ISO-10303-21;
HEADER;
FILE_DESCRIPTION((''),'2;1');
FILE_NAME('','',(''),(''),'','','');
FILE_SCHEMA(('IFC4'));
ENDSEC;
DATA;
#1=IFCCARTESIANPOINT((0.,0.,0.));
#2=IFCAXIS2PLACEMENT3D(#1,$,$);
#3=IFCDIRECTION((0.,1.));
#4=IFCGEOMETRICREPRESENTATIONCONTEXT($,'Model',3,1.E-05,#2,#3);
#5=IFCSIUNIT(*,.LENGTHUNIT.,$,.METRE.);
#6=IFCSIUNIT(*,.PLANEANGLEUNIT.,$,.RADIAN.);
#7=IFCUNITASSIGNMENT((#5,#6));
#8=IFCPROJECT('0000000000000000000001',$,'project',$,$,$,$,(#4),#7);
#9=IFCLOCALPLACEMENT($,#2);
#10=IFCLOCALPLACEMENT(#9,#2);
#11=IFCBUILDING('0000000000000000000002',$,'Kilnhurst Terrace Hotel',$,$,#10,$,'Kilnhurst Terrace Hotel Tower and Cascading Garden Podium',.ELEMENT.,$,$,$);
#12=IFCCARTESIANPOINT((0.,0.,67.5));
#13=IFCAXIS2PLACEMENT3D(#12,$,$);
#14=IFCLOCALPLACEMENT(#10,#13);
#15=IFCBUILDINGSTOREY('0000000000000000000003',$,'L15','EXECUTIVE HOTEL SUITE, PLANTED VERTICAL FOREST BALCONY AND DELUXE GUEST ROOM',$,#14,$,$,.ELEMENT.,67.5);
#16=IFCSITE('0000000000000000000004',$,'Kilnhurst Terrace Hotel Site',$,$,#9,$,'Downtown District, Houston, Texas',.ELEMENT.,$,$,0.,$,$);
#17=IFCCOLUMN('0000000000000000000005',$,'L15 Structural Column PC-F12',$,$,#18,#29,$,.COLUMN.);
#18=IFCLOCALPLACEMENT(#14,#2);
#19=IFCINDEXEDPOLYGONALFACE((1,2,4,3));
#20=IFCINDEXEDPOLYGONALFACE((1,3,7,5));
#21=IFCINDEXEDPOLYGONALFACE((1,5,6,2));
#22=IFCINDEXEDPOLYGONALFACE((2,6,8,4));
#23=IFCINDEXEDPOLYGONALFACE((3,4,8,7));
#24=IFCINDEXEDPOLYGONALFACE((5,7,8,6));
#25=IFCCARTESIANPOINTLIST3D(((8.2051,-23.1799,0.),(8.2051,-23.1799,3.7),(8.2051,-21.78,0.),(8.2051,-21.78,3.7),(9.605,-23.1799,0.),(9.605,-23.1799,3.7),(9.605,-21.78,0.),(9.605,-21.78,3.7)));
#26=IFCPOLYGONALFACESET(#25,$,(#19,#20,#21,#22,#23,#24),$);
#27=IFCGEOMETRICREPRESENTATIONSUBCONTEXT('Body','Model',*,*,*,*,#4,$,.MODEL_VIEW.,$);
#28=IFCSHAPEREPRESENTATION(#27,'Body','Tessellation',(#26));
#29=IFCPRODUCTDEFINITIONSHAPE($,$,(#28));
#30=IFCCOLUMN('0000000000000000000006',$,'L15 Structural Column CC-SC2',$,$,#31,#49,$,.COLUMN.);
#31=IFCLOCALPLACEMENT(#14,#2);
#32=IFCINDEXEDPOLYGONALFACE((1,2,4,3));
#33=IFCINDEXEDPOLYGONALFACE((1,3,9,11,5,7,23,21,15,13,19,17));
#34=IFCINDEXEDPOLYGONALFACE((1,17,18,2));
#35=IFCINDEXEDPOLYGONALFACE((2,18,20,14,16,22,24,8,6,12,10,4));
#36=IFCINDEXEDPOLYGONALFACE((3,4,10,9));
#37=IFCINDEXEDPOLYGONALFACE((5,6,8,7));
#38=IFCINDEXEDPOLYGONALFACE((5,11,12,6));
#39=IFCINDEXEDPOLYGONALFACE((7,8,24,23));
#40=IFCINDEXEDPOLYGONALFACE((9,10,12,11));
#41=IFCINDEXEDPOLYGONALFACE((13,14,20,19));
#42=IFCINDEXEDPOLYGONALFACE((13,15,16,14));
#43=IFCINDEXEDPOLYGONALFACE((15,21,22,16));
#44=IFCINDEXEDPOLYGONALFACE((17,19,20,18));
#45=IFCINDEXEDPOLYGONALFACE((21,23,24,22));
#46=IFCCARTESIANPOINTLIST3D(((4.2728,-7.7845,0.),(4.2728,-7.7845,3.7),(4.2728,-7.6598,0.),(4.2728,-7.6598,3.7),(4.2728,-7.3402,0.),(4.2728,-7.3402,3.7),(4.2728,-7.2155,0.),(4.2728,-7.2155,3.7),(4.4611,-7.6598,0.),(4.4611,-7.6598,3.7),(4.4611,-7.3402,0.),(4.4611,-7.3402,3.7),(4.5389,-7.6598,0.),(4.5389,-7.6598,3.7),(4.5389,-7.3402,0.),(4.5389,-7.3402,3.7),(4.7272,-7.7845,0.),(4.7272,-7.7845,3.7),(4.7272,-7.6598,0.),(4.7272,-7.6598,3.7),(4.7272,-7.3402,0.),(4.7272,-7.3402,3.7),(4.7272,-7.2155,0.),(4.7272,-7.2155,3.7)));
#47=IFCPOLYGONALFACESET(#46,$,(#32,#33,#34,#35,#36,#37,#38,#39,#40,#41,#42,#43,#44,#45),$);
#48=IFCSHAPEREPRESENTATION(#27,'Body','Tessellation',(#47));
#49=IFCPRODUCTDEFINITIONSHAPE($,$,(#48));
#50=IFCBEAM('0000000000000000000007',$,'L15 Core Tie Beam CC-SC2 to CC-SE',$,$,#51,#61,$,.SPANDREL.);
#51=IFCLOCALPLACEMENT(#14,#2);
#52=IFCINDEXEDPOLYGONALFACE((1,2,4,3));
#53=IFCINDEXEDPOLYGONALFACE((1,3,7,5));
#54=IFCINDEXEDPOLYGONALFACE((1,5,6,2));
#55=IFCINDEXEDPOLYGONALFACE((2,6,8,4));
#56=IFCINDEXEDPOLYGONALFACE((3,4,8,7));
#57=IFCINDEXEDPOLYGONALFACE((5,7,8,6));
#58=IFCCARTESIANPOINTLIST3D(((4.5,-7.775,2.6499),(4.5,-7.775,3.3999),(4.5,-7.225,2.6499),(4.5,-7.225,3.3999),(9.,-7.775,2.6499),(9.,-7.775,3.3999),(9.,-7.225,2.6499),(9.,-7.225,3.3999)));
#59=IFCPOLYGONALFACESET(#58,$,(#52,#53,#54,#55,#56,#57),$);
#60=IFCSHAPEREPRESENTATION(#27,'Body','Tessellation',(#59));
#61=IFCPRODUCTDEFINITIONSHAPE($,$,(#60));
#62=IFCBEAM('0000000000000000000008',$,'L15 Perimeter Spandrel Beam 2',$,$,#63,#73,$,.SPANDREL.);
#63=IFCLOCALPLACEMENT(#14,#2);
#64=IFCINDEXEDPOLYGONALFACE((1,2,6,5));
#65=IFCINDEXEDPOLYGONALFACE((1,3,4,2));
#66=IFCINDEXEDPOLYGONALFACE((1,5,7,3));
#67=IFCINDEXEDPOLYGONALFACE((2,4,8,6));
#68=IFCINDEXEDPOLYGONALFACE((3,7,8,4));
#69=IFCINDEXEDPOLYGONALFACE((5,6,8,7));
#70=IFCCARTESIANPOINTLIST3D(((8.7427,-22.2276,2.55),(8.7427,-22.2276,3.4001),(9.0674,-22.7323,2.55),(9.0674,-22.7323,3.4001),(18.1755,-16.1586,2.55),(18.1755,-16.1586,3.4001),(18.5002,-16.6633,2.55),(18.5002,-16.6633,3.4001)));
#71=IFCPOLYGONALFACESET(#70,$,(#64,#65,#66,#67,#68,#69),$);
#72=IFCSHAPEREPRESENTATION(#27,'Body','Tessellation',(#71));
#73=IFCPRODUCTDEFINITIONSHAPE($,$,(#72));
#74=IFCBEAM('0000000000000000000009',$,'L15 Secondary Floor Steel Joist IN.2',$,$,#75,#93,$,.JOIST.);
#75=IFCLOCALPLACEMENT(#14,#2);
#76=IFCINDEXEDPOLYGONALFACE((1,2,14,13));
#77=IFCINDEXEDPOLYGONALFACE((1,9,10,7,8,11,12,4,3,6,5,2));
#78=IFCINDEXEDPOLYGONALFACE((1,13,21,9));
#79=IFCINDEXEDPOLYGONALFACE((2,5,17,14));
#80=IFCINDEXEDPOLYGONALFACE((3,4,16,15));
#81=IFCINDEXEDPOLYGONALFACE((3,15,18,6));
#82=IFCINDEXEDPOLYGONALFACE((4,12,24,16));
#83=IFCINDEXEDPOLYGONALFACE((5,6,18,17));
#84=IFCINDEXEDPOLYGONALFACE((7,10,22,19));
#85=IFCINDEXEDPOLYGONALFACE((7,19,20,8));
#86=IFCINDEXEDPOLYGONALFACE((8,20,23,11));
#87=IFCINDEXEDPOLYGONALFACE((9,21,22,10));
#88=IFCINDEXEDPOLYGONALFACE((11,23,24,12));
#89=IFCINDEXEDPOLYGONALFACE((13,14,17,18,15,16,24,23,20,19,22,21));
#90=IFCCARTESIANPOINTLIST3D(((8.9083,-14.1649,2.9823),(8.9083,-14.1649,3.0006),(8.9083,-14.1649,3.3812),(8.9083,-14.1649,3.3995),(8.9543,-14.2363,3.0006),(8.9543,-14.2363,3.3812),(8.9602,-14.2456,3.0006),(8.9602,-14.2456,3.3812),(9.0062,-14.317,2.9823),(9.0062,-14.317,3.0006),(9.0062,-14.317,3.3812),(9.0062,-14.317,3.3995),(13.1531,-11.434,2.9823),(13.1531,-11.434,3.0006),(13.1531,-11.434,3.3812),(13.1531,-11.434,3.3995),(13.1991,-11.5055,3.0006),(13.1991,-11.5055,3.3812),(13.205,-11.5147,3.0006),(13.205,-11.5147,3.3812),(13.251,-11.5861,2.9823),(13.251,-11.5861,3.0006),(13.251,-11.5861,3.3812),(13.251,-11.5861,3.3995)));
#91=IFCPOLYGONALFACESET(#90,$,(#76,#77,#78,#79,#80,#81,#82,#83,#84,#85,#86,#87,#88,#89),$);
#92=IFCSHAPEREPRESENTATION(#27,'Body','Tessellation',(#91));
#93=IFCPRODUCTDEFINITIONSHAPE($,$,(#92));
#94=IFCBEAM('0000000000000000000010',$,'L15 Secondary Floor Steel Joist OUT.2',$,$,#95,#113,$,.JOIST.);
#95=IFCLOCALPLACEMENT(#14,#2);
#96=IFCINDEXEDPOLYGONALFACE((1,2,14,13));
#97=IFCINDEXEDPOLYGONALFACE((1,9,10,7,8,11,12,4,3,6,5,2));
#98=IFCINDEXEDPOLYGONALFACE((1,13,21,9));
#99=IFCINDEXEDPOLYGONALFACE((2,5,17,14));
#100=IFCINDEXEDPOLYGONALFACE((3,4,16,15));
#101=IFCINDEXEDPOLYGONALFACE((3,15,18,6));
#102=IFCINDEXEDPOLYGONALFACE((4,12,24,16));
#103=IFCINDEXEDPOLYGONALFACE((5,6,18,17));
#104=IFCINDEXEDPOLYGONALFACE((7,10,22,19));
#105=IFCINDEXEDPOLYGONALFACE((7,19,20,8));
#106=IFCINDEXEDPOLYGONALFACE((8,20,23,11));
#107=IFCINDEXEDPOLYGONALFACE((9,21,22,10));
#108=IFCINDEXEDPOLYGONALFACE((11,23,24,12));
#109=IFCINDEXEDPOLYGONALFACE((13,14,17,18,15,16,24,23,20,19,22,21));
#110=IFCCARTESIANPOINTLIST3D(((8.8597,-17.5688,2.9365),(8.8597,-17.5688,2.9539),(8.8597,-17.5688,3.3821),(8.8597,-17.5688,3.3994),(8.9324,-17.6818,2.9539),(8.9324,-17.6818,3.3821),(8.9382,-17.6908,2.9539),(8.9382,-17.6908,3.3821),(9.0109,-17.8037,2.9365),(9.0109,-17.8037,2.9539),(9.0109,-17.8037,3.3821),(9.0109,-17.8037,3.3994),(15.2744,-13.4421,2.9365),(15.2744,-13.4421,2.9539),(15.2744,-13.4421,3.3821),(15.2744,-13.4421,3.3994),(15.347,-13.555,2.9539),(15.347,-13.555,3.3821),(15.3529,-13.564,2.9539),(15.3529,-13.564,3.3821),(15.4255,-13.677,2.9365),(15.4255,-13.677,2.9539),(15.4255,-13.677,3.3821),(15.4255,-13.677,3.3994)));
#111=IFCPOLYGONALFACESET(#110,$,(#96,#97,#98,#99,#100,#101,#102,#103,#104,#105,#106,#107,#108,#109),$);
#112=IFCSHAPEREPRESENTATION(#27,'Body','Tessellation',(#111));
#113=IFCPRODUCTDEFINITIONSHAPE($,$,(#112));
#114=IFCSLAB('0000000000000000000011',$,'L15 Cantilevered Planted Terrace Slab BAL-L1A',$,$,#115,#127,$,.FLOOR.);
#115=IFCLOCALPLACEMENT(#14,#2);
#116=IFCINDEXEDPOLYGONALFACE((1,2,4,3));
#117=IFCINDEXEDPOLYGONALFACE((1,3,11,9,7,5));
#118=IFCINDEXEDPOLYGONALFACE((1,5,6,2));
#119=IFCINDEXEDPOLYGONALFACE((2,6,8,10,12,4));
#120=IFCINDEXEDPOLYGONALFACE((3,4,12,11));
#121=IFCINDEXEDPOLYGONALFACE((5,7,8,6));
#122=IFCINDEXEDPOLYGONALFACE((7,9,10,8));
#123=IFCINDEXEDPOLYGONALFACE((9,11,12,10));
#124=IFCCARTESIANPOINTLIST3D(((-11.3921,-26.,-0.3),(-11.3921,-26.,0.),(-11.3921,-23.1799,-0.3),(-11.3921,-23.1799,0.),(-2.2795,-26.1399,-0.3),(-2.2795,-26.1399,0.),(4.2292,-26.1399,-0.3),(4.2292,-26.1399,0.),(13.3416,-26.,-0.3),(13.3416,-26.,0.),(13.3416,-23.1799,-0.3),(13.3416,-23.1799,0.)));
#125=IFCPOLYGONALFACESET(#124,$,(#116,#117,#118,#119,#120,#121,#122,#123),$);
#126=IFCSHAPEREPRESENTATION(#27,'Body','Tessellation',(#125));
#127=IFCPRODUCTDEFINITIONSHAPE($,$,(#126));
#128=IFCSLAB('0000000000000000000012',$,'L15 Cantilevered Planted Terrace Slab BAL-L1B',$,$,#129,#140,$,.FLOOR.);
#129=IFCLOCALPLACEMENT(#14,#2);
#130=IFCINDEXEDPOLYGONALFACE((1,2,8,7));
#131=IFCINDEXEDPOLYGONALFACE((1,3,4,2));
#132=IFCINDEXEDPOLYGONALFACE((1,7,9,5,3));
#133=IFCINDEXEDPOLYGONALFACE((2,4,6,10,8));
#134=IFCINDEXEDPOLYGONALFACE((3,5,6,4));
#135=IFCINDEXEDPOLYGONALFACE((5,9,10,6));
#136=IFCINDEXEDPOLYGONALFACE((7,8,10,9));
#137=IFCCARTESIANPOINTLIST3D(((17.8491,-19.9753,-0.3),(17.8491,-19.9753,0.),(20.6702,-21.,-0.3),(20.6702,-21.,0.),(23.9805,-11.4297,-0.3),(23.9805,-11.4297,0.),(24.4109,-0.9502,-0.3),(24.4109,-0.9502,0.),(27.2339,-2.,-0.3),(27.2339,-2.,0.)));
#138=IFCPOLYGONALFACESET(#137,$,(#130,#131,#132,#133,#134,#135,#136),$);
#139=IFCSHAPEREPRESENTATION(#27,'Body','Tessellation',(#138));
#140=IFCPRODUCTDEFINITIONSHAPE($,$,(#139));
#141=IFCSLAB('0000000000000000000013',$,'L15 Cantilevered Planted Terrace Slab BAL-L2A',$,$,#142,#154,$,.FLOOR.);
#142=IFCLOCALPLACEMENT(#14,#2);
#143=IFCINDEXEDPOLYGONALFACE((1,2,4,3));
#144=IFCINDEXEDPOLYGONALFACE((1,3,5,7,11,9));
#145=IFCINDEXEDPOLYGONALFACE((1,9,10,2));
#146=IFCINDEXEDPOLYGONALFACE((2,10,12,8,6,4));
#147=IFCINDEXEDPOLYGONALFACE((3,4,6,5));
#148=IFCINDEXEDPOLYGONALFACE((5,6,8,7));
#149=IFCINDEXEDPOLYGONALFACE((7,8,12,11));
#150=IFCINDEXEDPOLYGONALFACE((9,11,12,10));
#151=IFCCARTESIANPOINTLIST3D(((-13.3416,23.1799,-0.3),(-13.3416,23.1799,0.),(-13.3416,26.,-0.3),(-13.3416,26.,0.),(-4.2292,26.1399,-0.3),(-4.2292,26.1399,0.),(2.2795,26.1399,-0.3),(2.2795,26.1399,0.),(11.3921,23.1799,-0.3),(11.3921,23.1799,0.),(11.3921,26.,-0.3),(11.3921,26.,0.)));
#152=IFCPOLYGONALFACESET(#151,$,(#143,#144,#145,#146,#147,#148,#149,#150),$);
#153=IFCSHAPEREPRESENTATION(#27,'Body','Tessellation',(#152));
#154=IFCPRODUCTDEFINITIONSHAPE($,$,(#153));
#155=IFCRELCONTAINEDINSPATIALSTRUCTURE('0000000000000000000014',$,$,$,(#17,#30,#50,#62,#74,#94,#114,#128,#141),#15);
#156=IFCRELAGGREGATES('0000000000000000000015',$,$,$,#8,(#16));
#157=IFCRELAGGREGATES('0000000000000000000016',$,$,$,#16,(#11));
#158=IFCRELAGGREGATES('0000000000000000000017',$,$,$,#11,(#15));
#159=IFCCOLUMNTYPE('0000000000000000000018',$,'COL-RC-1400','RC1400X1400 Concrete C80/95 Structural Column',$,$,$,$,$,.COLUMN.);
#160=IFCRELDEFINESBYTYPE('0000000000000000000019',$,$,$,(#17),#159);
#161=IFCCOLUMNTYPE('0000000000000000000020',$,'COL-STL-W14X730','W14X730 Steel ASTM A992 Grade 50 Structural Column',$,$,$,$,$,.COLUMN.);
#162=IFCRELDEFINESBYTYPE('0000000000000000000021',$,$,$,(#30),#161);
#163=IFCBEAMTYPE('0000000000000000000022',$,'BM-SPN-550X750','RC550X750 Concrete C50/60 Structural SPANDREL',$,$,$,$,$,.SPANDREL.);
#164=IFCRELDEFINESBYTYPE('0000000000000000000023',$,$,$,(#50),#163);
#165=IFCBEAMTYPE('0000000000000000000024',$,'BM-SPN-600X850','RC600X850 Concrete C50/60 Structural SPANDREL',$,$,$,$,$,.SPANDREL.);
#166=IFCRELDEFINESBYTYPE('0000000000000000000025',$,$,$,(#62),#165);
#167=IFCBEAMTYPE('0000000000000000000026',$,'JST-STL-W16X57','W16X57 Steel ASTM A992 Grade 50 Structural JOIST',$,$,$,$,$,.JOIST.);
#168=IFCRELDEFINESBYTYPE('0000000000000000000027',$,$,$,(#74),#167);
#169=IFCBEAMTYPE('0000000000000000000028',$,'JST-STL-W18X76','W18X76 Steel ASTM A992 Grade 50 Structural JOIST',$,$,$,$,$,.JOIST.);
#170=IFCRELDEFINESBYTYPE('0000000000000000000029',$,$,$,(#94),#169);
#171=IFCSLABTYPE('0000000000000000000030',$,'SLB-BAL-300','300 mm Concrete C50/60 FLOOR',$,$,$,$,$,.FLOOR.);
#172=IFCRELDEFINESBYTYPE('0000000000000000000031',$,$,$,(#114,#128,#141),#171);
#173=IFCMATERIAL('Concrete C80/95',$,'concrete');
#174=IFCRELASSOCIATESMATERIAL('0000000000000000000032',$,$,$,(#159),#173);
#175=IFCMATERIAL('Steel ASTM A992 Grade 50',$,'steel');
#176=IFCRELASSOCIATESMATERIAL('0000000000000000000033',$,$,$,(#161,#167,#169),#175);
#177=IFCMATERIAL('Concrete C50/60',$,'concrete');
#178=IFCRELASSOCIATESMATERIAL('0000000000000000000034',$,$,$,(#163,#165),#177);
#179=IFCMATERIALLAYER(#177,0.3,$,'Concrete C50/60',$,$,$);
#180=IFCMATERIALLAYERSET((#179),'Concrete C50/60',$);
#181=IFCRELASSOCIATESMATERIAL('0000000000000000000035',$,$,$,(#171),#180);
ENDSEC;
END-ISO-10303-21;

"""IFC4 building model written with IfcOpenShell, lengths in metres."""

from ifc_helpers import new_model, si_unit, direction, frame, origin, origin_2d, place, context, subcontext, project, spatial, polyline, rectangle, i_section, outline, extrude, material, layer, layer_set, material_profile, profile_set, type_object, element, save


model = new_model("IFC4")

# Units and contexts
model_context = context("Model", 3, precision=1e-05, world=origin(), true_north=direction((0.0, 1.0)))
body_context = subcontext(model_context, "Body", "Model", "MODEL_VIEW")
ifc_project = project(units=[si_unit("LENGTHUNIT", "METRE"), si_unit("PLANEANGLEUNIT", "RADIAN")], contexts=[model_context])

# Site, building, storey
site_placement = place(None, origin())
site = spatial("IfcSite", under=ifc_project, at=site_placement, Name="Kilnhurst Terrace Hotel Site", LongName="Downtown District, Houston, Texas", CompositionType="ELEMENT", RefElevation=0.0)
building_placement = place(site_placement, origin())
building = spatial("IfcBuilding", under=site, at=building_placement, Name="Kilnhurst Terrace Hotel", LongName="Kilnhurst Terrace Hotel Tower and Cascading Garden Podium", CompositionType="ELEMENT")
storey_placement = place(building_placement, frame((0.0, 0.0, 67.5)))
storey = spatial("IfcBuildingStorey", under=building, at=storey_placement, Name="L15", Description="EXECUTIVE HOTEL SUITE, PLANTED VERTICAL FOREST BALCONY AND DELUXE GUEST ROOM", CompositionType="ELEMENT", Elevation=67.5)

# Columns
ifc_material_1 = material(Name="Concrete C80/95", Category="concrete")
ifc_material_profile_1 = material_profile(ifc_material_1, rectangle(XDim=1.3999, YDim=1.3999, at=origin_2d()), Name="RC1400X1400")
ifc_profile_set_1 = profile_set([ifc_material_profile_1], Name="Concrete C80/95")
column_type_1 = type_object("IfcColumnType", Name="COL-RC-1400", Description="RC1400X1400 Concrete C80/95 Structural Column", PredefinedType="COLUMN", material=ifc_profile_set_1)
column_1_placement = place(storey_placement, frame((8.905, -22.48, 0.0), z_axis=(0.0, 0.0, 1.0), x_axis=(1.0, 0.0, 0.0)))
element("IfcColumn", 1, at=column_1_placement, inside=storey, type_object=column_type_1, Name="L15 Structural Column PC-F12", PredefinedType="COLUMN", context=body_context, shape_type="SweptSolid", body=[
    extrude(rectangle(XDim=1.3999, YDim=1.3999, at=origin_2d()), origin(), (0.0, 0.0, 1.0), 3.7),
])
ifc_material_2 = material(Name="Steel ASTM A992 Grade 50", Category="steel")
ifc_material_profile_2 = material_profile(ifc_material_2, i_section(OverallWidth=0.4543, OverallDepth=0.5691, WebThickness=0.0779, FlangeThickness=0.1248, at=origin_2d()), Name="W14X730")
ifc_profile_set_2 = profile_set([ifc_material_profile_2], Name="Steel ASTM A992 Grade 50")
column_type_2 = type_object("IfcColumnType", Name="COL-STL-W14X730", Description="W14X730 Steel ASTM A992 Grade 50 Structural Column", PredefinedType="COLUMN", material=ifc_profile_set_2)
column_2_placement = place(storey_placement, frame((4.5, -7.5, 0.0), z_axis=(0.0, 0.0, 1.0), x_axis=(1.0, 0.0, 0.0)))
element("IfcColumn", 2, at=column_2_placement, inside=storey, type_object=column_type_2, Name="L15 Structural Column CC-SC2", PredefinedType="COLUMN", context=body_context, shape_type="SweptSolid", body=[
    extrude(i_section(OverallWidth=0.4543, OverallDepth=0.5691, WebThickness=0.0779, FlangeThickness=0.1248, at=origin_2d()), origin(), (0.0, 0.0, 1.0), 3.7),
])

# Beams
ifc_material_3 = material(Name="Concrete C50/60", Category="concrete")
ifc_material_profile_3 = material_profile(ifc_material_3, rectangle(XDim=0.55, YDim=0.75, at=origin_2d()), Name="RC550X750")
ifc_profile_set_3 = profile_set([ifc_material_profile_3], Name="Concrete C50/60")
beam_type_1 = type_object("IfcBeamType", Name="BM-SPN-550X750", Description="RC550X750 Concrete C50/60 Structural SPANDREL", PredefinedType="SPANDREL", material=ifc_profile_set_3)
beam_1_placement = place(storey_placement, frame((4.5, -7.5, 3.0249), z_axis=(1.0, 0.0, 0.0), x_axis=(0.0, 1.0, 0.0)))
element("IfcBeam", 3, at=beam_1_placement, inside=storey, type_object=beam_type_1, Name="L15 Core Tie Beam CC-SC2 to CC-SE", PredefinedType="SPANDREL", context=body_context, shape_type="SweptSolid", body=[
    extrude(rectangle(XDim=0.55, YDim=0.75, at=origin_2d()), origin(), (0.0, 0.0, 1.0), 4.5),
])
ifc_material_profile_4 = material_profile(ifc_material_3, rectangle(XDim=0.6001, YDim=0.8501, at=origin_2d()), Name="RC600X850")
ifc_profile_set_4 = profile_set([ifc_material_profile_4], Name="Concrete C50/60")
beam_type_2 = type_object("IfcBeamType", Name="BM-SPN-600X850", Description="RC600X850 Concrete C50/60 Structural SPANDREL", PredefinedType="SPANDREL", material=ifc_profile_set_4)
beam_2_placement = place(storey_placement, frame((8.905, -22.48, 2.9751), z_axis=(0.840971, 0.54108, 0.0), x_axis=(-0.54108, 0.840971, 0.0)))
element("IfcBeam", 4, at=beam_2_placement, inside=storey, type_object=beam_type_2, Name="L15 Perimeter Spandrel Beam 2", PredefinedType="SPANDREL", context=body_context, shape_type="SweptSolid", body=[
    extrude(rectangle(XDim=0.6001, YDim=0.8501, at=origin_2d()), origin(), (0.0, 0.0, 1.0), 11.2166),
])
ifc_material_profile_5 = material_profile(ifc_material_2, i_section(OverallWidth=0.1809, OverallDepth=0.4172, WebThickness=0.011, FlangeThickness=0.0183, at=origin_2d()), Name="W16X57")
ifc_profile_set_5 = profile_set([ifc_material_profile_5], Name="Steel ASTM A992 Grade 50")
beam_type_3 = type_object("IfcBeamType", Name="JST-STL-W16X57", Description="W16X57 Steel ASTM A992 Grade 50 Structural JOIST", PredefinedType="JOIST", material=ifc_profile_set_5)
beam_3_placement = place(storey_placement, frame((8.9573, -14.241, 3.1909), z_axis=(0.840988, 0.541053, 0.0), x_axis=(-0.541053, 0.840988, 0.0)))
element("IfcBeam", 5, at=beam_3_placement, inside=storey, type_object=beam_type_3, Name="L15 Secondary Floor Steel Joist IN.2", PredefinedType="JOIST", context=body_context, shape_type="SweptSolid", body=[
    extrude(i_section(OverallWidth=0.1809, OverallDepth=0.4172, WebThickness=0.011, FlangeThickness=0.0183, at=origin_2d()), origin(), (0.0, 0.0, 1.0), 5.0474),
])
ifc_material_profile_6 = material_profile(ifc_material_2, i_section(OverallWidth=0.2793, OverallDepth=0.4629, WebThickness=0.0107, FlangeThickness=0.0173, at=origin_2d()), Name="W18X76")
ifc_profile_set_6 = profile_set([ifc_material_profile_6], Name="Steel ASTM A992 Grade 50")
beam_type_4 = type_object("IfcBeamType", Name="JST-STL-W18X76", Description="W18X76 Steel ASTM A992 Grade 50 Structural JOIST", PredefinedType="JOIST", material=ifc_profile_set_6)
beam_4_placement = place(storey_placement, frame((8.9353, -17.6863, 3.168), z_axis=(0.840995, 0.541042, 0.0), x_axis=(-0.541042, 0.840995, 0.0)))
element("IfcBeam", 6, at=beam_4_placement, inside=storey, type_object=beam_type_4, Name="L15 Secondary Floor Steel Joist OUT.2", PredefinedType="JOIST", context=body_context, shape_type="SweptSolid", body=[
    extrude(i_section(OverallWidth=0.2793, OverallDepth=0.4629, WebThickness=0.0107, FlangeThickness=0.0173, at=origin_2d()), origin(), (0.0, 0.0, 1.0), 7.6274),
])

# Slabs
ifc_layer_1 = layer(ifc_material_3, 0.3, Name="Concrete C50/60")
ifc_layer_set_1 = layer_set([ifc_layer_1], Name="Concrete C50/60")
slab_type_1 = type_object("IfcSlabType", Name="SLB-BAL-300", Description="300 mm Concrete C50/60 FLOOR", PredefinedType="FLOOR", material=ifc_layer_set_1)
slab_1_placement = place(storey_placement, frame((0.0, 0.0, -0.3)))
element("IfcSlab", 7, at=slab_1_placement, inside=storey, type_object=slab_type_1, Name="L15 Cantilevered Planted Terrace Slab BAL-L1A", PredefinedType="FLOOR", context=body_context, shape_type="SweptSolid", body=[
    extrude(outline(polyline([(4.2292, -26.1399), (-2.2795, -26.1399), (-11.3921, -26.0), (-11.3921, -23.1799), (13.3416, -23.1799), (13.3416, -26.0), (4.2292, -26.1399)])), origin(), (0.0, 0.0, 1.0), 0.3),
])
slab_2_placement = place(storey_placement, frame((0.0, 0.0, -0.3)))
element("IfcSlab", 8, at=slab_2_placement, inside=storey, type_object=slab_type_1, Name="L15 Cantilevered Planted Terrace Slab BAL-L1B", PredefinedType="FLOOR", context=body_context, shape_type="SweptSolid", body=[
    extrude(outline(polyline([(20.6702, -21.0), (17.8491, -19.9753), (24.4109, -0.9502), (27.2339, -2.0), (23.9805, -11.4297), (20.6702, -21.0)])), origin(), (0.0, 0.0, 1.0), 0.3),
])
slab_3_placement = place(storey_placement, frame((0.0, 0.0, -0.3)))
element("IfcSlab", 9, at=slab_3_placement, inside=storey, type_object=slab_type_1, Name="L15 Cantilevered Planted Terrace Slab BAL-L2A", PredefinedType="FLOOR", context=body_context, shape_type="SweptSolid", body=[
    extrude(outline(polyline([(2.2795, 26.1399), (11.3921, 26.0), (11.3921, 23.1799), (-13.3416, 23.1799), (-13.3416, 26.0), (-4.2292, 26.1399), (2.2795, 26.1399)])), origin(), (0.0, 0.0, 1.0), 0.3),
])

save(model, "model.ifc")
